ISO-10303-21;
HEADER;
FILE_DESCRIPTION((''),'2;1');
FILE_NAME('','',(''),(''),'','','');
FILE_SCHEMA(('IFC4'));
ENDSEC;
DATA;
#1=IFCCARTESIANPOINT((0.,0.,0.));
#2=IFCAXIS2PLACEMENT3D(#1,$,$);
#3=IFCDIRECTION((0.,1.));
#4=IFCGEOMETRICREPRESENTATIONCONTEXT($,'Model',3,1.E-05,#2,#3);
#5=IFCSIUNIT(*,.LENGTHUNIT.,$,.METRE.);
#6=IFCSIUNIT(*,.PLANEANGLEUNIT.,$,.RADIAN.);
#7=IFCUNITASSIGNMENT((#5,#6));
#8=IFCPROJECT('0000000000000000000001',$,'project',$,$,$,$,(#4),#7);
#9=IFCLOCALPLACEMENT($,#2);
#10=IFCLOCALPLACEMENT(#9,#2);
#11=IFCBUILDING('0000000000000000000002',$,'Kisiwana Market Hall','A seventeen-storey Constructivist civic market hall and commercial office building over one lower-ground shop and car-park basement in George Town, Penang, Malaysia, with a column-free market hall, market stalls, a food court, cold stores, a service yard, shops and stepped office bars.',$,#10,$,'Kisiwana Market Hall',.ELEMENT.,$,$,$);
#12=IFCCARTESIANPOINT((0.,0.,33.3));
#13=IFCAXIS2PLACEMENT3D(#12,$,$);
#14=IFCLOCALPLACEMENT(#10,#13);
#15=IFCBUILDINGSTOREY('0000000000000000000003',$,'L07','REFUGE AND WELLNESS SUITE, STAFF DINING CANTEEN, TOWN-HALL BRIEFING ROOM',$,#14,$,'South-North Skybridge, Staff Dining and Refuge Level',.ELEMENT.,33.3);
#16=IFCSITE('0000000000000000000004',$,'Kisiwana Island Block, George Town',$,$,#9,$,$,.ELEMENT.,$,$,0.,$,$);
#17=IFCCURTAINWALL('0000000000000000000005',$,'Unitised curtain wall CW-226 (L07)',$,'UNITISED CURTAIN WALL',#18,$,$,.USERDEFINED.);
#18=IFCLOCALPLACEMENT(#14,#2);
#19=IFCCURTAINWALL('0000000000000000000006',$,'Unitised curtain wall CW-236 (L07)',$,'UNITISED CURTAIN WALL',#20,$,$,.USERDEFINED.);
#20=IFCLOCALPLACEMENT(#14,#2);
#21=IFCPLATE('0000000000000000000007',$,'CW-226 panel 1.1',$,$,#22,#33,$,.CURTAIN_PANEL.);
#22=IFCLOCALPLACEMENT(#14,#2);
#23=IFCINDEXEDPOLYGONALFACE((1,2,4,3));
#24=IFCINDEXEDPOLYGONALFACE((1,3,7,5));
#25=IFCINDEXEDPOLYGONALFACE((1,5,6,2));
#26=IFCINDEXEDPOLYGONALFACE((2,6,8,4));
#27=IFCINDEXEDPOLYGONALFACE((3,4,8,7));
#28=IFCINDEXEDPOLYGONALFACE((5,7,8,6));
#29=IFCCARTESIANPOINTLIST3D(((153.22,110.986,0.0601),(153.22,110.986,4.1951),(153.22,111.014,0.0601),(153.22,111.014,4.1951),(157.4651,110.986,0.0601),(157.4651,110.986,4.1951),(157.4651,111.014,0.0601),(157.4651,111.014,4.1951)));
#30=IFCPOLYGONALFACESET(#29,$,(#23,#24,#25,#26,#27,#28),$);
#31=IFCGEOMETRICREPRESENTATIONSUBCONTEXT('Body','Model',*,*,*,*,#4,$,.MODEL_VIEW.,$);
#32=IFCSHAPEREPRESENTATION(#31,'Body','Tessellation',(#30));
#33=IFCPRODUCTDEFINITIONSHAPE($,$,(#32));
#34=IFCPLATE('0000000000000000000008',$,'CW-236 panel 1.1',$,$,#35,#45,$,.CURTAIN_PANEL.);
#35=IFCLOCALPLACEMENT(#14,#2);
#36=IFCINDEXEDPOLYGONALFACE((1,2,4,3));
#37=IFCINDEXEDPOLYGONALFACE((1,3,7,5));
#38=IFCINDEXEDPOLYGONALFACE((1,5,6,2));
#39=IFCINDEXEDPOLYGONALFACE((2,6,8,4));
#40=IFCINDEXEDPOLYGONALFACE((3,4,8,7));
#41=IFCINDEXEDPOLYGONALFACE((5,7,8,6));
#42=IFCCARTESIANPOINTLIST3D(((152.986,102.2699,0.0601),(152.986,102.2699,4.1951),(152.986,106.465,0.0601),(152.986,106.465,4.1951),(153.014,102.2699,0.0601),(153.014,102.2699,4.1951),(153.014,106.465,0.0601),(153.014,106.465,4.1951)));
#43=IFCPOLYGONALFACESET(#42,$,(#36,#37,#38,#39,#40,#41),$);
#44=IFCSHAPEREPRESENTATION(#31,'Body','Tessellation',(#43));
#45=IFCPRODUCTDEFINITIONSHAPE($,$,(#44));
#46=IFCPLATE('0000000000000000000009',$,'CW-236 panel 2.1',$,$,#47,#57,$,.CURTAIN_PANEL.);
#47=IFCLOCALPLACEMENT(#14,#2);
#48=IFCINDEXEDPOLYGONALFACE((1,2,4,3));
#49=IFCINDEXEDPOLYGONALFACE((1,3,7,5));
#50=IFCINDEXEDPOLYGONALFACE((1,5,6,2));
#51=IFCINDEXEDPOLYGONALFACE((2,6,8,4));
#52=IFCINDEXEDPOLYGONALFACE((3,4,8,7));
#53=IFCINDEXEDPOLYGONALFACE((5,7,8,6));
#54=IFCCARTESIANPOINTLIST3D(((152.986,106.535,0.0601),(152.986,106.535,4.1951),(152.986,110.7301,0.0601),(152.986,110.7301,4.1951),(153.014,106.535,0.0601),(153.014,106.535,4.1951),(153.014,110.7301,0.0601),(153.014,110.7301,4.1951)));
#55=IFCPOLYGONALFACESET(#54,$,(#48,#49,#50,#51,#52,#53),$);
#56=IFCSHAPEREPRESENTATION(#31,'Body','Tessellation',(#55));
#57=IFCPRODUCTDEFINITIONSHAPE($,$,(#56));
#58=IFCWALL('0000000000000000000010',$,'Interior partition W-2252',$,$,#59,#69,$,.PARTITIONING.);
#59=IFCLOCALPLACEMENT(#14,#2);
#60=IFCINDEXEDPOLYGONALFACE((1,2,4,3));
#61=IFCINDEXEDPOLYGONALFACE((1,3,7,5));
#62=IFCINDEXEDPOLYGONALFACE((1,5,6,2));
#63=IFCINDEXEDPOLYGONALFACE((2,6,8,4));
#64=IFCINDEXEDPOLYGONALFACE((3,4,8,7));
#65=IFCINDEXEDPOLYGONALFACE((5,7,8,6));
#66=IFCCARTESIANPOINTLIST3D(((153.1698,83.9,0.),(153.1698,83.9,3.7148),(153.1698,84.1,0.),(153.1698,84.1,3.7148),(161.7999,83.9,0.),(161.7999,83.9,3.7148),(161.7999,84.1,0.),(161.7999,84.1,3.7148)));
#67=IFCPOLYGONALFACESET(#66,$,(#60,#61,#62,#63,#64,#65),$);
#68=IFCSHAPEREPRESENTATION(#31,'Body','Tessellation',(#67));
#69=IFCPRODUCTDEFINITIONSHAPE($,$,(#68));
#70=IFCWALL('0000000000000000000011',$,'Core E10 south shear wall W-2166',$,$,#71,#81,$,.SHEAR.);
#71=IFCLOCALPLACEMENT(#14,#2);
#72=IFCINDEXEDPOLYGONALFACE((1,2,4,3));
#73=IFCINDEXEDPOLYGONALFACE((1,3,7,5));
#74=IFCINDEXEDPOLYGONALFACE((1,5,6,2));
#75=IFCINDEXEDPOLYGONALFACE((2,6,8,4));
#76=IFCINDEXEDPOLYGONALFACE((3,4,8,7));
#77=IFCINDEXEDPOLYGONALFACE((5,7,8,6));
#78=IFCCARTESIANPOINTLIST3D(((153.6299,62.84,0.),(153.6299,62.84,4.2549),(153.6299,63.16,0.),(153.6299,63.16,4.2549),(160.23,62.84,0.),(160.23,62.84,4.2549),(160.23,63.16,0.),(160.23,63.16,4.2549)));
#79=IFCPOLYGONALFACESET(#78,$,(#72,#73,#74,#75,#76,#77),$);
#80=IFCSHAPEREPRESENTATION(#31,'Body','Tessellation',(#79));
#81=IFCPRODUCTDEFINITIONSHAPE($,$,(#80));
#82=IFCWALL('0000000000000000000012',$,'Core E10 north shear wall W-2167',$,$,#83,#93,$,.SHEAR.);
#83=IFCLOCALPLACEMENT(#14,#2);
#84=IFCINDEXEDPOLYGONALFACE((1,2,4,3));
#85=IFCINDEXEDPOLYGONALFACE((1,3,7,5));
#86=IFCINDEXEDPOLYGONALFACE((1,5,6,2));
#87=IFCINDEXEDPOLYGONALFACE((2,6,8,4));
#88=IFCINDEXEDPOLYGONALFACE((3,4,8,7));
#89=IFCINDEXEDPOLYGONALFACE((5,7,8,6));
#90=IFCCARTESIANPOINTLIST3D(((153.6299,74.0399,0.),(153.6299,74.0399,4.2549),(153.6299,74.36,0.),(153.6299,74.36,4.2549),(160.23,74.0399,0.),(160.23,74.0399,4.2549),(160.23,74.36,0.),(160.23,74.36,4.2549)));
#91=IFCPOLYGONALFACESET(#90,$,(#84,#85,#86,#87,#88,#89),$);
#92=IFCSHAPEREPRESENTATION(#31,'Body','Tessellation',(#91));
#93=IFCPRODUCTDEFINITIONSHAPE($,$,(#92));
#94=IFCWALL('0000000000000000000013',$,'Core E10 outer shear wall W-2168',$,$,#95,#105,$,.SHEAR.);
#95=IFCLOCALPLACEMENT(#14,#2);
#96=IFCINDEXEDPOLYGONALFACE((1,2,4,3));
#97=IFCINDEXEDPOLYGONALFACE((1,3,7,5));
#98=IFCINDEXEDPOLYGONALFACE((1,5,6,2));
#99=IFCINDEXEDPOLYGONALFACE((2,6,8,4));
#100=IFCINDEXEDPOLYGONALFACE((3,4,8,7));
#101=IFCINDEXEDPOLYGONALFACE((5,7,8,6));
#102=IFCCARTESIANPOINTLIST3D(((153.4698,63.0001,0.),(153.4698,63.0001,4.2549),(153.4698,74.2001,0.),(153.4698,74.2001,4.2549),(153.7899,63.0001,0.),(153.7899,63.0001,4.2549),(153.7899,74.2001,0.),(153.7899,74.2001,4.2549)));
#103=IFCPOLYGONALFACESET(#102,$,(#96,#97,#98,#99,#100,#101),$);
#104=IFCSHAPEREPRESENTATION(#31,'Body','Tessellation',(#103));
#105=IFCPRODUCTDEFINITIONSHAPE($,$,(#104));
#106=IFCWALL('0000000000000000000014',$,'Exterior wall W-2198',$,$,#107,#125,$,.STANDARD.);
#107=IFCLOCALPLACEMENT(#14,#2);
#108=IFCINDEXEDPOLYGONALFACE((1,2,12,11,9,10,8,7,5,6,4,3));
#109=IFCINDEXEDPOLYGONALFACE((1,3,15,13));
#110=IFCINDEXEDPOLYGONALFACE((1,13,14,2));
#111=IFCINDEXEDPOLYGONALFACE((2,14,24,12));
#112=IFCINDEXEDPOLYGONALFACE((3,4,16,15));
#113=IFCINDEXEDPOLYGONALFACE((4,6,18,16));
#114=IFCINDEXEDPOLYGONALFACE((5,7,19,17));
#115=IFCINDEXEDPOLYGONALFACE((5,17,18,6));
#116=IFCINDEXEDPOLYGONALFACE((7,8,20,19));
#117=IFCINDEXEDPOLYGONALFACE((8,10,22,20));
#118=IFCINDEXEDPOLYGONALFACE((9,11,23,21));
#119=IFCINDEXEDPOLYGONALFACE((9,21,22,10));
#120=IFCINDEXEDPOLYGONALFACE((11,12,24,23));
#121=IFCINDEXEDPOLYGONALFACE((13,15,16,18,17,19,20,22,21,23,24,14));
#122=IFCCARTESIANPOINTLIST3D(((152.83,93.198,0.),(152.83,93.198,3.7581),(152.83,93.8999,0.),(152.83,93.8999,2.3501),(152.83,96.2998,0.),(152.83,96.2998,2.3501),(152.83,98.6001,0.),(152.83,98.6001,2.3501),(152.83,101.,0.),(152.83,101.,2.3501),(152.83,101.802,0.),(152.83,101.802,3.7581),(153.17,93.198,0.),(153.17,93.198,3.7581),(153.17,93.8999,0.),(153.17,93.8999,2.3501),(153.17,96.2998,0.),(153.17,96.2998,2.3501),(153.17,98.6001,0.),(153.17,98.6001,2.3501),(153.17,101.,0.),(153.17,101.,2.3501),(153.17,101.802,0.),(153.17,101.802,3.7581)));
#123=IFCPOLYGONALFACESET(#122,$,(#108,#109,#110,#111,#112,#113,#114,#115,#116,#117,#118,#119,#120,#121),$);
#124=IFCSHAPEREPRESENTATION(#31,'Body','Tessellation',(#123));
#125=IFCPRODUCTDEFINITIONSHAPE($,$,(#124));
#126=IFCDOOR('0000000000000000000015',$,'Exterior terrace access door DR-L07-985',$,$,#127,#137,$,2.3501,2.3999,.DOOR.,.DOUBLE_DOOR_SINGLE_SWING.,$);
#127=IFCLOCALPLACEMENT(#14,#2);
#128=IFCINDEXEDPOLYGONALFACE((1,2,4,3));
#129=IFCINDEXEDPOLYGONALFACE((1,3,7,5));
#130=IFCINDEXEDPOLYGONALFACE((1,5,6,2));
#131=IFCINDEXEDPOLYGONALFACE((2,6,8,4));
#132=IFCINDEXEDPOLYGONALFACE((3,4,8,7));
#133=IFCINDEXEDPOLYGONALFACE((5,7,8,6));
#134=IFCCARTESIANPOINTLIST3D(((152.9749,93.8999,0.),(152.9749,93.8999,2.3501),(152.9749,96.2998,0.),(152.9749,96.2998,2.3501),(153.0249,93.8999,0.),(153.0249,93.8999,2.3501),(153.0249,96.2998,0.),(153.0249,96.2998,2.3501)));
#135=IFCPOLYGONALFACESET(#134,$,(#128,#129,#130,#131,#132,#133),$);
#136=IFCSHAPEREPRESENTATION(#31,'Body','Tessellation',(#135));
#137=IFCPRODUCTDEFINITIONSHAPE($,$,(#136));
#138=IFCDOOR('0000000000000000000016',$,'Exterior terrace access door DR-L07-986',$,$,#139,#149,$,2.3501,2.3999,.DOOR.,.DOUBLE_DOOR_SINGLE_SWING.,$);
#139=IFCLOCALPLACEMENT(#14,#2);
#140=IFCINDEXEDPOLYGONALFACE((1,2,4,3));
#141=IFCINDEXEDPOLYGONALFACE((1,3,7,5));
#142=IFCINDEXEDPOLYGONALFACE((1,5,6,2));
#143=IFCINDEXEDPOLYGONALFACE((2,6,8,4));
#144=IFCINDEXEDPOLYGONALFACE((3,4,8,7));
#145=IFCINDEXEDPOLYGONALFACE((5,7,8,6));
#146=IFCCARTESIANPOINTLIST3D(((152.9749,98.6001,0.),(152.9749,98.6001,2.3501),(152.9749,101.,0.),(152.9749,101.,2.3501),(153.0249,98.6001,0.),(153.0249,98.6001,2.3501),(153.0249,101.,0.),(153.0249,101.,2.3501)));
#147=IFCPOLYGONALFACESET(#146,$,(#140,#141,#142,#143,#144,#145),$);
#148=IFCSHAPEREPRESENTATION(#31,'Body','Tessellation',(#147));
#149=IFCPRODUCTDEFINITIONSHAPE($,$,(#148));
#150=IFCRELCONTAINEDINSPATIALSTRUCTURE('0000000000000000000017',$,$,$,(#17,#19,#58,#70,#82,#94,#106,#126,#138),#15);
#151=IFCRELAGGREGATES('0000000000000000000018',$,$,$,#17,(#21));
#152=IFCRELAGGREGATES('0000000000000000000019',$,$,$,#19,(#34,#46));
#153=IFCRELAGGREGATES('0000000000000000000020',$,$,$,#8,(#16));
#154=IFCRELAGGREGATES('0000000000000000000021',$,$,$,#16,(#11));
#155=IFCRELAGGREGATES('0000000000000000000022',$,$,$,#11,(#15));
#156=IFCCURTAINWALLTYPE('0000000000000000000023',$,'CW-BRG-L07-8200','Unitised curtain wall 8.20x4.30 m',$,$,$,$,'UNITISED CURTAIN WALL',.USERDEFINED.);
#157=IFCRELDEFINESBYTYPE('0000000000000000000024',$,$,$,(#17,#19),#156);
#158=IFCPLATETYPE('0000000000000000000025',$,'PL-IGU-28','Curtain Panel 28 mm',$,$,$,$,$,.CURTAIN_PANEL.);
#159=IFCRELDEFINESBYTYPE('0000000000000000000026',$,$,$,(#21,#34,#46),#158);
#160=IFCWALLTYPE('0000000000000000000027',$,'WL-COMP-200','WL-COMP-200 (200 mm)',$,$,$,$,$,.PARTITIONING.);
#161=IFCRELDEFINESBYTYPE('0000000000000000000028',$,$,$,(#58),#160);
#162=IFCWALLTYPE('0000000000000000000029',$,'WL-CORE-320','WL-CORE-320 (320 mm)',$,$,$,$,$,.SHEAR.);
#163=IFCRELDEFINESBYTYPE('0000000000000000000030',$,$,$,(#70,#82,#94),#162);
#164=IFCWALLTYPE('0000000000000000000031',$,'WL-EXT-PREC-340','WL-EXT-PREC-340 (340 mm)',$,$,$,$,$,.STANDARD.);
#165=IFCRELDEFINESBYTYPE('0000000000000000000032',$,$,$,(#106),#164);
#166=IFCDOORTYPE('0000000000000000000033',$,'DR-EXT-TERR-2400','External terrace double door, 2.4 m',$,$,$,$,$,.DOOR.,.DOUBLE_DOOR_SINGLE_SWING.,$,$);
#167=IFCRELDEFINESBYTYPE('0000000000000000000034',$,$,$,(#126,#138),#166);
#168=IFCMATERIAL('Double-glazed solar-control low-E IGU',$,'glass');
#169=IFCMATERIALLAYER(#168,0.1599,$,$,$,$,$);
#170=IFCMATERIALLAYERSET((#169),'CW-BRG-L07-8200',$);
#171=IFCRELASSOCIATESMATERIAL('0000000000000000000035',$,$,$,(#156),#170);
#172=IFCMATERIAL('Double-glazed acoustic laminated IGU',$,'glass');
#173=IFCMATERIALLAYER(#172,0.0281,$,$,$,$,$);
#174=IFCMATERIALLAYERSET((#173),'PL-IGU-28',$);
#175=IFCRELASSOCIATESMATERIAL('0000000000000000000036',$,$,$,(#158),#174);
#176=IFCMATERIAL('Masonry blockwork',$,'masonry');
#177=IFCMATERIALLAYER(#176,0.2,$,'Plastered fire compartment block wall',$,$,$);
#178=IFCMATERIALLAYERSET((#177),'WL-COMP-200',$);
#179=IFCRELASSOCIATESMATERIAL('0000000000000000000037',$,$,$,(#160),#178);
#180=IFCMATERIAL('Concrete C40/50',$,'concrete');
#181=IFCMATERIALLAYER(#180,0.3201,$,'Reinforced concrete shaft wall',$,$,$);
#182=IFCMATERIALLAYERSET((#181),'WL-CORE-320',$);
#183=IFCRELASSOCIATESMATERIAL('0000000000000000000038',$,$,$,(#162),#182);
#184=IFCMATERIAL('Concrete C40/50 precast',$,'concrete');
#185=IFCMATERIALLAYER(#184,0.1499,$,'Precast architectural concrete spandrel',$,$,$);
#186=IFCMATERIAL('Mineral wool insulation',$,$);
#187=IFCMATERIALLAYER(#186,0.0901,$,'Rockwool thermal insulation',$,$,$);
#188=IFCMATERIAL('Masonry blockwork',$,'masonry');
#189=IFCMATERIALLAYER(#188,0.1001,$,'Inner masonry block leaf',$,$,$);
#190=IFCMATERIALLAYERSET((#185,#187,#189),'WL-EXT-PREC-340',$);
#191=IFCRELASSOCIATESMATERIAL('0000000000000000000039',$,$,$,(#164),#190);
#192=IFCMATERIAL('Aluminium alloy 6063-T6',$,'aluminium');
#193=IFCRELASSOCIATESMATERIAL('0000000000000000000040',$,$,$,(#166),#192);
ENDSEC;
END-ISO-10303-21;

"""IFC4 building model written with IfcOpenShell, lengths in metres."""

from ifc_helpers import new_model, si_unit, direction, frame, frame_2d, origin, origin_2d, place, context, subcontext, project, spatial, rectangle, extrude, material, layer, layer_set, type_object, element, fill, aggregate, save


model = new_model("IFC4")

# Units and contexts
model_context = context("Model", 3, precision=1e-05, world=origin(), true_north=direction((0.0, 1.0)))
body_context = subcontext(model_context, "Body", "Model", "MODEL_VIEW")
ifc_project = project(units=[si_unit("LENGTHUNIT", "METRE"), si_unit("PLANEANGLEUNIT", "RADIAN")], contexts=[model_context])

# Site, building, storey
site_placement = place(None, origin())
site = spatial("IfcSite", under=ifc_project, at=site_placement, Name="Kisiwana Island Block, George Town", CompositionType="ELEMENT", RefElevation=0.0)
building_placement = place(site_placement, origin())
building = spatial("IfcBuilding", under=site, at=building_placement, Name="Kisiwana Market Hall", Description="A seventeen-storey Constructivist civic market hall and commercial office building over one lower-ground shop and car-park basement in George Town, Penang, Malaysia, with a column-free market hall, market stalls, a food court, cold stores, a service yard, shops and stepped office bars.", LongName="Kisiwana Market Hall", CompositionType="ELEMENT")
storey_placement = place(building_placement, frame((0.0, 0.0, 33.3)))
storey = spatial("IfcBuildingStorey", under=building, at=storey_placement, Name="L07", Description="REFUGE AND WELLNESS SUITE, STAFF DINING CANTEEN, TOWN-HALL BRIEFING ROOM", LongName="South-North Skybridge, Staff Dining and Refuge Level", CompositionType="ELEMENT", Elevation=33.3)

# Curtain walls
ifc_material_1 = material(Name="Double-glazed solar-control low-E IGU", Category="glass")
ifc_layer_1 = layer(ifc_material_1, 0.1599)
ifc_layer_set_1 = layer_set([ifc_layer_1], Name="CW-BRG-L07-8200")
curtain_wall_type = type_object("IfcCurtainWallType", Name="CW-BRG-L07-8200", Description="Unitised curtain wall 8.20x4.30 m", ElementType="UNITISED CURTAIN WALL", PredefinedType="USERDEFINED", material=ifc_layer_set_1)
curtain_wall_1_placement = place(storey_placement, origin())
curtain_wall_1 = element("IfcCurtainWall", 1, at=curtain_wall_1_placement, inside=storey, type_object=curtain_wall_type, Name="Unitised curtain wall CW-226 (L07)", ObjectType="UNITISED CURTAIN WALL", PredefinedType="USERDEFINED")
curtain_wall_2_placement = place(storey_placement, origin())
curtain_wall_2 = element("IfcCurtainWall", 2, at=curtain_wall_2_placement, inside=storey, type_object=curtain_wall_type, Name="Unitised curtain wall CW-236 (L07)", ObjectType="UNITISED CURTAIN WALL", PredefinedType="USERDEFINED")

# Plates
ifc_material_2 = material(Name="Double-glazed acoustic laminated IGU", Category="glass")
ifc_layer_2 = layer(ifc_material_2, 0.0281)
ifc_layer_set_2 = layer_set([ifc_layer_2], Name="PL-IGU-28")
plate_type = type_object("IfcPlateType", Name="PL-IGU-28", Description="Curtain Panel 28 mm", PredefinedType="CURTAIN_PANEL", material=ifc_layer_set_2)
plate_1_placement = place(storey_placement, frame((155.3425, 111.0, 0.0601), z_axis=(0.0, 0.0, 1.0), x_axis=(1.0, 0.0, 0.0)))
plate_1 = element("IfcPlate", 3, at=plate_1_placement, type_object=plate_type, Name="CW-226 panel 1.1", PredefinedType="CURTAIN_PANEL", context=body_context, shape_type="SweptSolid", body=[
    extrude(rectangle(XDim=4.2451, YDim=0.0281, at=origin_2d()), origin(), (0.0, 0.0, 1.0), 4.135),
])
aggregate(curtain_wall_1, [plate_1])
plate_2_placement = place(storey_placement, frame((153.0, 104.3674, 0.0601), z_axis=(0.0, 0.0, 1.0), x_axis=(0.0, 1.0, 0.0)))
plate_2 = element("IfcPlate", 4, at=plate_2_placement, type_object=plate_type, Name="CW-236 panel 1.1", PredefinedType="CURTAIN_PANEL", context=body_context, shape_type="SweptSolid", body=[
    extrude(rectangle(XDim=4.1951, YDim=0.0281, at=origin_2d()), origin(), (0.0, 0.0, 1.0), 4.135),
])
plate_3_placement = place(storey_placement, frame((153.0, 108.6326, 0.0601), z_axis=(0.0, 0.0, 1.0), x_axis=(0.0, 1.0, 0.0)))
plate_3 = element("IfcPlate", 5, at=plate_3_placement, type_object=plate_type, Name="CW-236 panel 2.1", PredefinedType="CURTAIN_PANEL", context=body_context, shape_type="SweptSolid", body=[
    extrude(rectangle(XDim=4.1951, YDim=0.0281, at=origin_2d()), origin(), (0.0, 0.0, 1.0), 4.135),
])
aggregate(curtain_wall_2, [plate_2, plate_3])

# Walls
ifc_material_3 = material(Name="Masonry blockwork", Category="masonry")
ifc_layer_3 = layer(ifc_material_3, 0.2, Name="Plastered fire compartment block wall")
ifc_layer_set_3 = layer_set([ifc_layer_3], Name="WL-COMP-200")
wall_type_1 = type_object("IfcWallType", Name="WL-COMP-200", Description="WL-COMP-200 (200 mm)", PredefinedType="PARTITIONING", material=ifc_layer_set_3)
wall_1_placement = place(storey_placement, frame((153.1699, 84.0, 0.0), z_axis=(0.0, 0.0, 1.0), x_axis=(1.0, 0.0, 0.0)))
element("IfcWall", 6, at=wall_1_placement, inside=storey, type_object=wall_type_1, Name="Interior partition W-2252", PredefinedType="PARTITIONING", context=body_context, shape_type="SweptSolid", body=[
    extrude(rectangle(XDim=8.6301, YDim=0.2, at=frame_2d((4.3149, 0.0))), origin(), (0.0, 0.0, 1.0), 3.7148),
])
ifc_material_4 = material(Name="Concrete C40/50", Category="concrete")
ifc_layer_4 = layer(ifc_material_4, 0.3201, Name="Reinforced concrete shaft wall")
ifc_layer_set_4 = layer_set([ifc_layer_4], Name="WL-CORE-320")
wall_type_2 = type_object("IfcWallType", Name="WL-CORE-320", Description="WL-CORE-320 (320 mm)", PredefinedType="SHEAR", material=ifc_layer_set_4)
for number, where, z_axis, x_axis, name in (
    (7, (153.6299, 63.0, 0.0), (0.0, 0.0, 1.0), (1.0, 0.0, 0.0), "Core E10 south shear wall W-2166"),
    (8, (153.6299, 74.2, 0.0), (0.0, 0.0, 1.0), (1.0, 0.0, 0.0), "Core E10 north shear wall W-2167"),
):
    element("IfcWall", number, at=place(storey_placement, frame(where, z_axis=z_axis, x_axis=x_axis)), inside=storey, type_object=wall_type_2, Name=name, PredefinedType="SHEAR", context=body_context, shape_type="SweptSolid", body=[
        extrude(rectangle(XDim=6.6001, YDim=0.3201, at=frame_2d((3.3, 0.0))), origin(), (0.0, 0.0, 1.0), 4.2549),
    ])
wall_2_placement = place(storey_placement, frame((153.6299, 63.0, 0.0), z_axis=(0.0, 0.0, 1.0), x_axis=(0.0, 1.0, 0.0)))
element("IfcWall", 9, at=wall_2_placement, inside=storey, type_object=wall_type_2, Name="Core E10 outer shear wall W-2168", PredefinedType="SHEAR", context=body_context, shape_type="SweptSolid", body=[
    extrude(rectangle(XDim=11.2, YDim=0.3201, at=frame_2d((5.6001, 0.0))), origin(), (0.0, 0.0, 1.0), 4.2549),
])

# Wall, openings, doors
ifc_material_5 = material(Name="Concrete C40/50 precast", Category="concrete")
ifc_layer_5 = layer(ifc_material_5, 0.1499, Name="Precast architectural concrete spandrel")
ifc_material_6 = material(Name="Mineral wool insulation")
ifc_layer_6 = layer(ifc_material_6, 0.0901, Name="Rockwool thermal insulation")
ifc_material_7 = material(Name="Masonry blockwork", Category="masonry")
ifc_layer_7 = layer(ifc_material_7, 0.1001, Name="Inner masonry block leaf")
ifc_layer_set_5 = layer_set([ifc_layer_5, ifc_layer_6, ifc_layer_7], Name="WL-EXT-PREC-340")
wall_type_3 = type_object("IfcWallType", Name="WL-EXT-PREC-340", Description="WL-EXT-PREC-340 (340 mm)", PredefinedType="STANDARD", material=ifc_layer_set_5)
wall_3_placement = place(storey_placement, frame((153.0, 93.198, 0.0), z_axis=(0.0, 0.0, 1.0), x_axis=(0.0, 1.0, 0.0)))
wall_3 = element("IfcWall", 10, at=wall_3_placement, inside=storey, type_object=wall_type_3, Name="Exterior wall W-2198", PredefinedType="STANDARD", context=body_context, shape_type="SweptSolid", body=[
    extrude(rectangle(XDim=8.604, YDim=0.3401, at=frame_2d((4.302, 0.0))), origin(), (0.0, 0.0, 1.0), 3.7581),
])
opening_1_placement = place(wall_3_placement, frame((0.7019, 0.0, 0.0)))
opening_1 = element("IfcOpeningElement", 11, at=opening_1_placement, cuts=wall_3, PredefinedType="OPENING", context=body_context, shape_type="SweptSolid", body=[
    extrude(rectangle(XDim=2.3999, YDim=2.3501, at=frame_2d((1.2, 1.175))), frame((0.0, 0.1821, 0.0), z_axis=(0.0, -1.0, 0.0), x_axis=(1.0, 0.0, 0.0)), (0.0, 0.0, 1.0), 0.364),
])
opening_2_placement = place(wall_3_placement, frame((5.4021, 0.0, 0.0)))
opening_2 = element("IfcOpeningElement", 12, at=opening_2_placement, cuts=wall_3, PredefinedType="OPENING", context=body_context, shape_type="SweptSolid", body=[
    extrude(rectangle(XDim=2.3999, YDim=2.3501, at=frame_2d((1.2, 1.175))), frame((0.0, 0.1821, 0.0), z_axis=(0.0, -1.0, 0.0), x_axis=(1.0, 0.0, 0.0)), (0.0, 0.0, 1.0), 0.364),
])
ifc_material_8 = material(Name="Aluminium alloy 6063-T6", Category="aluminium")
door_type = type_object("IfcDoorType", Name="DR-EXT-TERR-2400", Description="External terrace double door, 2.4 m", OperationType="DOUBLE_DOOR_SINGLE_SWING", PredefinedType="DOOR", material=ifc_material_8)
door_1_placement = place(opening_1_placement, frame((2.3999, 0.0, 0.0), z_axis=(0.0, 0.0, 1.0), x_axis=(-1.0, 0.0, 0.0)))
door_1 = element("IfcDoor", 13, at=door_1_placement, inside=storey, type_object=door_type, Name="Exterior terrace access door DR-L07-985", OperationType="DOUBLE_DOOR_SINGLE_SWING", OverallHeight=2.3501, OverallWidth=2.3999, PredefinedType="DOOR", context=body_context, shape_type="SweptSolid", body=[
    extrude(rectangle(XDim=2.3999, YDim=2.3501, at=frame_2d((1.2, 1.175))), frame((0.0, 0.0249, 0.0), z_axis=(0.0, -1.0, 0.0), x_axis=(1.0, 0.0, 0.0)), (0.0, 0.0, 1.0), 0.05),
])
fill(opening_1, door_1)
door_2_placement = place(opening_2_placement, frame((2.3999, 0.0, 0.0), z_axis=(0.0, 0.0, 1.0), x_axis=(-1.0, 0.0, 0.0)))
door_2 = element("IfcDoor", 14, at=door_2_placement, inside=storey, type_object=door_type, Name="Exterior terrace access door DR-L07-986", OperationType="DOUBLE_DOOR_SINGLE_SWING", OverallHeight=2.3501, OverallWidth=2.3999, PredefinedType="DOOR", context=body_context, shape_type="SweptSolid", body=[
    extrude(rectangle(XDim=2.3999, YDim=2.3501, at=frame_2d((1.2, 1.175))), frame((0.0, 0.0249, 0.0), z_axis=(0.0, -1.0, 0.0), x_axis=(1.0, 0.0, 0.0)), (0.0, 0.0, 1.0), 0.05),
])
fill(opening_2, door_2)

save(model, "model.ifc")
